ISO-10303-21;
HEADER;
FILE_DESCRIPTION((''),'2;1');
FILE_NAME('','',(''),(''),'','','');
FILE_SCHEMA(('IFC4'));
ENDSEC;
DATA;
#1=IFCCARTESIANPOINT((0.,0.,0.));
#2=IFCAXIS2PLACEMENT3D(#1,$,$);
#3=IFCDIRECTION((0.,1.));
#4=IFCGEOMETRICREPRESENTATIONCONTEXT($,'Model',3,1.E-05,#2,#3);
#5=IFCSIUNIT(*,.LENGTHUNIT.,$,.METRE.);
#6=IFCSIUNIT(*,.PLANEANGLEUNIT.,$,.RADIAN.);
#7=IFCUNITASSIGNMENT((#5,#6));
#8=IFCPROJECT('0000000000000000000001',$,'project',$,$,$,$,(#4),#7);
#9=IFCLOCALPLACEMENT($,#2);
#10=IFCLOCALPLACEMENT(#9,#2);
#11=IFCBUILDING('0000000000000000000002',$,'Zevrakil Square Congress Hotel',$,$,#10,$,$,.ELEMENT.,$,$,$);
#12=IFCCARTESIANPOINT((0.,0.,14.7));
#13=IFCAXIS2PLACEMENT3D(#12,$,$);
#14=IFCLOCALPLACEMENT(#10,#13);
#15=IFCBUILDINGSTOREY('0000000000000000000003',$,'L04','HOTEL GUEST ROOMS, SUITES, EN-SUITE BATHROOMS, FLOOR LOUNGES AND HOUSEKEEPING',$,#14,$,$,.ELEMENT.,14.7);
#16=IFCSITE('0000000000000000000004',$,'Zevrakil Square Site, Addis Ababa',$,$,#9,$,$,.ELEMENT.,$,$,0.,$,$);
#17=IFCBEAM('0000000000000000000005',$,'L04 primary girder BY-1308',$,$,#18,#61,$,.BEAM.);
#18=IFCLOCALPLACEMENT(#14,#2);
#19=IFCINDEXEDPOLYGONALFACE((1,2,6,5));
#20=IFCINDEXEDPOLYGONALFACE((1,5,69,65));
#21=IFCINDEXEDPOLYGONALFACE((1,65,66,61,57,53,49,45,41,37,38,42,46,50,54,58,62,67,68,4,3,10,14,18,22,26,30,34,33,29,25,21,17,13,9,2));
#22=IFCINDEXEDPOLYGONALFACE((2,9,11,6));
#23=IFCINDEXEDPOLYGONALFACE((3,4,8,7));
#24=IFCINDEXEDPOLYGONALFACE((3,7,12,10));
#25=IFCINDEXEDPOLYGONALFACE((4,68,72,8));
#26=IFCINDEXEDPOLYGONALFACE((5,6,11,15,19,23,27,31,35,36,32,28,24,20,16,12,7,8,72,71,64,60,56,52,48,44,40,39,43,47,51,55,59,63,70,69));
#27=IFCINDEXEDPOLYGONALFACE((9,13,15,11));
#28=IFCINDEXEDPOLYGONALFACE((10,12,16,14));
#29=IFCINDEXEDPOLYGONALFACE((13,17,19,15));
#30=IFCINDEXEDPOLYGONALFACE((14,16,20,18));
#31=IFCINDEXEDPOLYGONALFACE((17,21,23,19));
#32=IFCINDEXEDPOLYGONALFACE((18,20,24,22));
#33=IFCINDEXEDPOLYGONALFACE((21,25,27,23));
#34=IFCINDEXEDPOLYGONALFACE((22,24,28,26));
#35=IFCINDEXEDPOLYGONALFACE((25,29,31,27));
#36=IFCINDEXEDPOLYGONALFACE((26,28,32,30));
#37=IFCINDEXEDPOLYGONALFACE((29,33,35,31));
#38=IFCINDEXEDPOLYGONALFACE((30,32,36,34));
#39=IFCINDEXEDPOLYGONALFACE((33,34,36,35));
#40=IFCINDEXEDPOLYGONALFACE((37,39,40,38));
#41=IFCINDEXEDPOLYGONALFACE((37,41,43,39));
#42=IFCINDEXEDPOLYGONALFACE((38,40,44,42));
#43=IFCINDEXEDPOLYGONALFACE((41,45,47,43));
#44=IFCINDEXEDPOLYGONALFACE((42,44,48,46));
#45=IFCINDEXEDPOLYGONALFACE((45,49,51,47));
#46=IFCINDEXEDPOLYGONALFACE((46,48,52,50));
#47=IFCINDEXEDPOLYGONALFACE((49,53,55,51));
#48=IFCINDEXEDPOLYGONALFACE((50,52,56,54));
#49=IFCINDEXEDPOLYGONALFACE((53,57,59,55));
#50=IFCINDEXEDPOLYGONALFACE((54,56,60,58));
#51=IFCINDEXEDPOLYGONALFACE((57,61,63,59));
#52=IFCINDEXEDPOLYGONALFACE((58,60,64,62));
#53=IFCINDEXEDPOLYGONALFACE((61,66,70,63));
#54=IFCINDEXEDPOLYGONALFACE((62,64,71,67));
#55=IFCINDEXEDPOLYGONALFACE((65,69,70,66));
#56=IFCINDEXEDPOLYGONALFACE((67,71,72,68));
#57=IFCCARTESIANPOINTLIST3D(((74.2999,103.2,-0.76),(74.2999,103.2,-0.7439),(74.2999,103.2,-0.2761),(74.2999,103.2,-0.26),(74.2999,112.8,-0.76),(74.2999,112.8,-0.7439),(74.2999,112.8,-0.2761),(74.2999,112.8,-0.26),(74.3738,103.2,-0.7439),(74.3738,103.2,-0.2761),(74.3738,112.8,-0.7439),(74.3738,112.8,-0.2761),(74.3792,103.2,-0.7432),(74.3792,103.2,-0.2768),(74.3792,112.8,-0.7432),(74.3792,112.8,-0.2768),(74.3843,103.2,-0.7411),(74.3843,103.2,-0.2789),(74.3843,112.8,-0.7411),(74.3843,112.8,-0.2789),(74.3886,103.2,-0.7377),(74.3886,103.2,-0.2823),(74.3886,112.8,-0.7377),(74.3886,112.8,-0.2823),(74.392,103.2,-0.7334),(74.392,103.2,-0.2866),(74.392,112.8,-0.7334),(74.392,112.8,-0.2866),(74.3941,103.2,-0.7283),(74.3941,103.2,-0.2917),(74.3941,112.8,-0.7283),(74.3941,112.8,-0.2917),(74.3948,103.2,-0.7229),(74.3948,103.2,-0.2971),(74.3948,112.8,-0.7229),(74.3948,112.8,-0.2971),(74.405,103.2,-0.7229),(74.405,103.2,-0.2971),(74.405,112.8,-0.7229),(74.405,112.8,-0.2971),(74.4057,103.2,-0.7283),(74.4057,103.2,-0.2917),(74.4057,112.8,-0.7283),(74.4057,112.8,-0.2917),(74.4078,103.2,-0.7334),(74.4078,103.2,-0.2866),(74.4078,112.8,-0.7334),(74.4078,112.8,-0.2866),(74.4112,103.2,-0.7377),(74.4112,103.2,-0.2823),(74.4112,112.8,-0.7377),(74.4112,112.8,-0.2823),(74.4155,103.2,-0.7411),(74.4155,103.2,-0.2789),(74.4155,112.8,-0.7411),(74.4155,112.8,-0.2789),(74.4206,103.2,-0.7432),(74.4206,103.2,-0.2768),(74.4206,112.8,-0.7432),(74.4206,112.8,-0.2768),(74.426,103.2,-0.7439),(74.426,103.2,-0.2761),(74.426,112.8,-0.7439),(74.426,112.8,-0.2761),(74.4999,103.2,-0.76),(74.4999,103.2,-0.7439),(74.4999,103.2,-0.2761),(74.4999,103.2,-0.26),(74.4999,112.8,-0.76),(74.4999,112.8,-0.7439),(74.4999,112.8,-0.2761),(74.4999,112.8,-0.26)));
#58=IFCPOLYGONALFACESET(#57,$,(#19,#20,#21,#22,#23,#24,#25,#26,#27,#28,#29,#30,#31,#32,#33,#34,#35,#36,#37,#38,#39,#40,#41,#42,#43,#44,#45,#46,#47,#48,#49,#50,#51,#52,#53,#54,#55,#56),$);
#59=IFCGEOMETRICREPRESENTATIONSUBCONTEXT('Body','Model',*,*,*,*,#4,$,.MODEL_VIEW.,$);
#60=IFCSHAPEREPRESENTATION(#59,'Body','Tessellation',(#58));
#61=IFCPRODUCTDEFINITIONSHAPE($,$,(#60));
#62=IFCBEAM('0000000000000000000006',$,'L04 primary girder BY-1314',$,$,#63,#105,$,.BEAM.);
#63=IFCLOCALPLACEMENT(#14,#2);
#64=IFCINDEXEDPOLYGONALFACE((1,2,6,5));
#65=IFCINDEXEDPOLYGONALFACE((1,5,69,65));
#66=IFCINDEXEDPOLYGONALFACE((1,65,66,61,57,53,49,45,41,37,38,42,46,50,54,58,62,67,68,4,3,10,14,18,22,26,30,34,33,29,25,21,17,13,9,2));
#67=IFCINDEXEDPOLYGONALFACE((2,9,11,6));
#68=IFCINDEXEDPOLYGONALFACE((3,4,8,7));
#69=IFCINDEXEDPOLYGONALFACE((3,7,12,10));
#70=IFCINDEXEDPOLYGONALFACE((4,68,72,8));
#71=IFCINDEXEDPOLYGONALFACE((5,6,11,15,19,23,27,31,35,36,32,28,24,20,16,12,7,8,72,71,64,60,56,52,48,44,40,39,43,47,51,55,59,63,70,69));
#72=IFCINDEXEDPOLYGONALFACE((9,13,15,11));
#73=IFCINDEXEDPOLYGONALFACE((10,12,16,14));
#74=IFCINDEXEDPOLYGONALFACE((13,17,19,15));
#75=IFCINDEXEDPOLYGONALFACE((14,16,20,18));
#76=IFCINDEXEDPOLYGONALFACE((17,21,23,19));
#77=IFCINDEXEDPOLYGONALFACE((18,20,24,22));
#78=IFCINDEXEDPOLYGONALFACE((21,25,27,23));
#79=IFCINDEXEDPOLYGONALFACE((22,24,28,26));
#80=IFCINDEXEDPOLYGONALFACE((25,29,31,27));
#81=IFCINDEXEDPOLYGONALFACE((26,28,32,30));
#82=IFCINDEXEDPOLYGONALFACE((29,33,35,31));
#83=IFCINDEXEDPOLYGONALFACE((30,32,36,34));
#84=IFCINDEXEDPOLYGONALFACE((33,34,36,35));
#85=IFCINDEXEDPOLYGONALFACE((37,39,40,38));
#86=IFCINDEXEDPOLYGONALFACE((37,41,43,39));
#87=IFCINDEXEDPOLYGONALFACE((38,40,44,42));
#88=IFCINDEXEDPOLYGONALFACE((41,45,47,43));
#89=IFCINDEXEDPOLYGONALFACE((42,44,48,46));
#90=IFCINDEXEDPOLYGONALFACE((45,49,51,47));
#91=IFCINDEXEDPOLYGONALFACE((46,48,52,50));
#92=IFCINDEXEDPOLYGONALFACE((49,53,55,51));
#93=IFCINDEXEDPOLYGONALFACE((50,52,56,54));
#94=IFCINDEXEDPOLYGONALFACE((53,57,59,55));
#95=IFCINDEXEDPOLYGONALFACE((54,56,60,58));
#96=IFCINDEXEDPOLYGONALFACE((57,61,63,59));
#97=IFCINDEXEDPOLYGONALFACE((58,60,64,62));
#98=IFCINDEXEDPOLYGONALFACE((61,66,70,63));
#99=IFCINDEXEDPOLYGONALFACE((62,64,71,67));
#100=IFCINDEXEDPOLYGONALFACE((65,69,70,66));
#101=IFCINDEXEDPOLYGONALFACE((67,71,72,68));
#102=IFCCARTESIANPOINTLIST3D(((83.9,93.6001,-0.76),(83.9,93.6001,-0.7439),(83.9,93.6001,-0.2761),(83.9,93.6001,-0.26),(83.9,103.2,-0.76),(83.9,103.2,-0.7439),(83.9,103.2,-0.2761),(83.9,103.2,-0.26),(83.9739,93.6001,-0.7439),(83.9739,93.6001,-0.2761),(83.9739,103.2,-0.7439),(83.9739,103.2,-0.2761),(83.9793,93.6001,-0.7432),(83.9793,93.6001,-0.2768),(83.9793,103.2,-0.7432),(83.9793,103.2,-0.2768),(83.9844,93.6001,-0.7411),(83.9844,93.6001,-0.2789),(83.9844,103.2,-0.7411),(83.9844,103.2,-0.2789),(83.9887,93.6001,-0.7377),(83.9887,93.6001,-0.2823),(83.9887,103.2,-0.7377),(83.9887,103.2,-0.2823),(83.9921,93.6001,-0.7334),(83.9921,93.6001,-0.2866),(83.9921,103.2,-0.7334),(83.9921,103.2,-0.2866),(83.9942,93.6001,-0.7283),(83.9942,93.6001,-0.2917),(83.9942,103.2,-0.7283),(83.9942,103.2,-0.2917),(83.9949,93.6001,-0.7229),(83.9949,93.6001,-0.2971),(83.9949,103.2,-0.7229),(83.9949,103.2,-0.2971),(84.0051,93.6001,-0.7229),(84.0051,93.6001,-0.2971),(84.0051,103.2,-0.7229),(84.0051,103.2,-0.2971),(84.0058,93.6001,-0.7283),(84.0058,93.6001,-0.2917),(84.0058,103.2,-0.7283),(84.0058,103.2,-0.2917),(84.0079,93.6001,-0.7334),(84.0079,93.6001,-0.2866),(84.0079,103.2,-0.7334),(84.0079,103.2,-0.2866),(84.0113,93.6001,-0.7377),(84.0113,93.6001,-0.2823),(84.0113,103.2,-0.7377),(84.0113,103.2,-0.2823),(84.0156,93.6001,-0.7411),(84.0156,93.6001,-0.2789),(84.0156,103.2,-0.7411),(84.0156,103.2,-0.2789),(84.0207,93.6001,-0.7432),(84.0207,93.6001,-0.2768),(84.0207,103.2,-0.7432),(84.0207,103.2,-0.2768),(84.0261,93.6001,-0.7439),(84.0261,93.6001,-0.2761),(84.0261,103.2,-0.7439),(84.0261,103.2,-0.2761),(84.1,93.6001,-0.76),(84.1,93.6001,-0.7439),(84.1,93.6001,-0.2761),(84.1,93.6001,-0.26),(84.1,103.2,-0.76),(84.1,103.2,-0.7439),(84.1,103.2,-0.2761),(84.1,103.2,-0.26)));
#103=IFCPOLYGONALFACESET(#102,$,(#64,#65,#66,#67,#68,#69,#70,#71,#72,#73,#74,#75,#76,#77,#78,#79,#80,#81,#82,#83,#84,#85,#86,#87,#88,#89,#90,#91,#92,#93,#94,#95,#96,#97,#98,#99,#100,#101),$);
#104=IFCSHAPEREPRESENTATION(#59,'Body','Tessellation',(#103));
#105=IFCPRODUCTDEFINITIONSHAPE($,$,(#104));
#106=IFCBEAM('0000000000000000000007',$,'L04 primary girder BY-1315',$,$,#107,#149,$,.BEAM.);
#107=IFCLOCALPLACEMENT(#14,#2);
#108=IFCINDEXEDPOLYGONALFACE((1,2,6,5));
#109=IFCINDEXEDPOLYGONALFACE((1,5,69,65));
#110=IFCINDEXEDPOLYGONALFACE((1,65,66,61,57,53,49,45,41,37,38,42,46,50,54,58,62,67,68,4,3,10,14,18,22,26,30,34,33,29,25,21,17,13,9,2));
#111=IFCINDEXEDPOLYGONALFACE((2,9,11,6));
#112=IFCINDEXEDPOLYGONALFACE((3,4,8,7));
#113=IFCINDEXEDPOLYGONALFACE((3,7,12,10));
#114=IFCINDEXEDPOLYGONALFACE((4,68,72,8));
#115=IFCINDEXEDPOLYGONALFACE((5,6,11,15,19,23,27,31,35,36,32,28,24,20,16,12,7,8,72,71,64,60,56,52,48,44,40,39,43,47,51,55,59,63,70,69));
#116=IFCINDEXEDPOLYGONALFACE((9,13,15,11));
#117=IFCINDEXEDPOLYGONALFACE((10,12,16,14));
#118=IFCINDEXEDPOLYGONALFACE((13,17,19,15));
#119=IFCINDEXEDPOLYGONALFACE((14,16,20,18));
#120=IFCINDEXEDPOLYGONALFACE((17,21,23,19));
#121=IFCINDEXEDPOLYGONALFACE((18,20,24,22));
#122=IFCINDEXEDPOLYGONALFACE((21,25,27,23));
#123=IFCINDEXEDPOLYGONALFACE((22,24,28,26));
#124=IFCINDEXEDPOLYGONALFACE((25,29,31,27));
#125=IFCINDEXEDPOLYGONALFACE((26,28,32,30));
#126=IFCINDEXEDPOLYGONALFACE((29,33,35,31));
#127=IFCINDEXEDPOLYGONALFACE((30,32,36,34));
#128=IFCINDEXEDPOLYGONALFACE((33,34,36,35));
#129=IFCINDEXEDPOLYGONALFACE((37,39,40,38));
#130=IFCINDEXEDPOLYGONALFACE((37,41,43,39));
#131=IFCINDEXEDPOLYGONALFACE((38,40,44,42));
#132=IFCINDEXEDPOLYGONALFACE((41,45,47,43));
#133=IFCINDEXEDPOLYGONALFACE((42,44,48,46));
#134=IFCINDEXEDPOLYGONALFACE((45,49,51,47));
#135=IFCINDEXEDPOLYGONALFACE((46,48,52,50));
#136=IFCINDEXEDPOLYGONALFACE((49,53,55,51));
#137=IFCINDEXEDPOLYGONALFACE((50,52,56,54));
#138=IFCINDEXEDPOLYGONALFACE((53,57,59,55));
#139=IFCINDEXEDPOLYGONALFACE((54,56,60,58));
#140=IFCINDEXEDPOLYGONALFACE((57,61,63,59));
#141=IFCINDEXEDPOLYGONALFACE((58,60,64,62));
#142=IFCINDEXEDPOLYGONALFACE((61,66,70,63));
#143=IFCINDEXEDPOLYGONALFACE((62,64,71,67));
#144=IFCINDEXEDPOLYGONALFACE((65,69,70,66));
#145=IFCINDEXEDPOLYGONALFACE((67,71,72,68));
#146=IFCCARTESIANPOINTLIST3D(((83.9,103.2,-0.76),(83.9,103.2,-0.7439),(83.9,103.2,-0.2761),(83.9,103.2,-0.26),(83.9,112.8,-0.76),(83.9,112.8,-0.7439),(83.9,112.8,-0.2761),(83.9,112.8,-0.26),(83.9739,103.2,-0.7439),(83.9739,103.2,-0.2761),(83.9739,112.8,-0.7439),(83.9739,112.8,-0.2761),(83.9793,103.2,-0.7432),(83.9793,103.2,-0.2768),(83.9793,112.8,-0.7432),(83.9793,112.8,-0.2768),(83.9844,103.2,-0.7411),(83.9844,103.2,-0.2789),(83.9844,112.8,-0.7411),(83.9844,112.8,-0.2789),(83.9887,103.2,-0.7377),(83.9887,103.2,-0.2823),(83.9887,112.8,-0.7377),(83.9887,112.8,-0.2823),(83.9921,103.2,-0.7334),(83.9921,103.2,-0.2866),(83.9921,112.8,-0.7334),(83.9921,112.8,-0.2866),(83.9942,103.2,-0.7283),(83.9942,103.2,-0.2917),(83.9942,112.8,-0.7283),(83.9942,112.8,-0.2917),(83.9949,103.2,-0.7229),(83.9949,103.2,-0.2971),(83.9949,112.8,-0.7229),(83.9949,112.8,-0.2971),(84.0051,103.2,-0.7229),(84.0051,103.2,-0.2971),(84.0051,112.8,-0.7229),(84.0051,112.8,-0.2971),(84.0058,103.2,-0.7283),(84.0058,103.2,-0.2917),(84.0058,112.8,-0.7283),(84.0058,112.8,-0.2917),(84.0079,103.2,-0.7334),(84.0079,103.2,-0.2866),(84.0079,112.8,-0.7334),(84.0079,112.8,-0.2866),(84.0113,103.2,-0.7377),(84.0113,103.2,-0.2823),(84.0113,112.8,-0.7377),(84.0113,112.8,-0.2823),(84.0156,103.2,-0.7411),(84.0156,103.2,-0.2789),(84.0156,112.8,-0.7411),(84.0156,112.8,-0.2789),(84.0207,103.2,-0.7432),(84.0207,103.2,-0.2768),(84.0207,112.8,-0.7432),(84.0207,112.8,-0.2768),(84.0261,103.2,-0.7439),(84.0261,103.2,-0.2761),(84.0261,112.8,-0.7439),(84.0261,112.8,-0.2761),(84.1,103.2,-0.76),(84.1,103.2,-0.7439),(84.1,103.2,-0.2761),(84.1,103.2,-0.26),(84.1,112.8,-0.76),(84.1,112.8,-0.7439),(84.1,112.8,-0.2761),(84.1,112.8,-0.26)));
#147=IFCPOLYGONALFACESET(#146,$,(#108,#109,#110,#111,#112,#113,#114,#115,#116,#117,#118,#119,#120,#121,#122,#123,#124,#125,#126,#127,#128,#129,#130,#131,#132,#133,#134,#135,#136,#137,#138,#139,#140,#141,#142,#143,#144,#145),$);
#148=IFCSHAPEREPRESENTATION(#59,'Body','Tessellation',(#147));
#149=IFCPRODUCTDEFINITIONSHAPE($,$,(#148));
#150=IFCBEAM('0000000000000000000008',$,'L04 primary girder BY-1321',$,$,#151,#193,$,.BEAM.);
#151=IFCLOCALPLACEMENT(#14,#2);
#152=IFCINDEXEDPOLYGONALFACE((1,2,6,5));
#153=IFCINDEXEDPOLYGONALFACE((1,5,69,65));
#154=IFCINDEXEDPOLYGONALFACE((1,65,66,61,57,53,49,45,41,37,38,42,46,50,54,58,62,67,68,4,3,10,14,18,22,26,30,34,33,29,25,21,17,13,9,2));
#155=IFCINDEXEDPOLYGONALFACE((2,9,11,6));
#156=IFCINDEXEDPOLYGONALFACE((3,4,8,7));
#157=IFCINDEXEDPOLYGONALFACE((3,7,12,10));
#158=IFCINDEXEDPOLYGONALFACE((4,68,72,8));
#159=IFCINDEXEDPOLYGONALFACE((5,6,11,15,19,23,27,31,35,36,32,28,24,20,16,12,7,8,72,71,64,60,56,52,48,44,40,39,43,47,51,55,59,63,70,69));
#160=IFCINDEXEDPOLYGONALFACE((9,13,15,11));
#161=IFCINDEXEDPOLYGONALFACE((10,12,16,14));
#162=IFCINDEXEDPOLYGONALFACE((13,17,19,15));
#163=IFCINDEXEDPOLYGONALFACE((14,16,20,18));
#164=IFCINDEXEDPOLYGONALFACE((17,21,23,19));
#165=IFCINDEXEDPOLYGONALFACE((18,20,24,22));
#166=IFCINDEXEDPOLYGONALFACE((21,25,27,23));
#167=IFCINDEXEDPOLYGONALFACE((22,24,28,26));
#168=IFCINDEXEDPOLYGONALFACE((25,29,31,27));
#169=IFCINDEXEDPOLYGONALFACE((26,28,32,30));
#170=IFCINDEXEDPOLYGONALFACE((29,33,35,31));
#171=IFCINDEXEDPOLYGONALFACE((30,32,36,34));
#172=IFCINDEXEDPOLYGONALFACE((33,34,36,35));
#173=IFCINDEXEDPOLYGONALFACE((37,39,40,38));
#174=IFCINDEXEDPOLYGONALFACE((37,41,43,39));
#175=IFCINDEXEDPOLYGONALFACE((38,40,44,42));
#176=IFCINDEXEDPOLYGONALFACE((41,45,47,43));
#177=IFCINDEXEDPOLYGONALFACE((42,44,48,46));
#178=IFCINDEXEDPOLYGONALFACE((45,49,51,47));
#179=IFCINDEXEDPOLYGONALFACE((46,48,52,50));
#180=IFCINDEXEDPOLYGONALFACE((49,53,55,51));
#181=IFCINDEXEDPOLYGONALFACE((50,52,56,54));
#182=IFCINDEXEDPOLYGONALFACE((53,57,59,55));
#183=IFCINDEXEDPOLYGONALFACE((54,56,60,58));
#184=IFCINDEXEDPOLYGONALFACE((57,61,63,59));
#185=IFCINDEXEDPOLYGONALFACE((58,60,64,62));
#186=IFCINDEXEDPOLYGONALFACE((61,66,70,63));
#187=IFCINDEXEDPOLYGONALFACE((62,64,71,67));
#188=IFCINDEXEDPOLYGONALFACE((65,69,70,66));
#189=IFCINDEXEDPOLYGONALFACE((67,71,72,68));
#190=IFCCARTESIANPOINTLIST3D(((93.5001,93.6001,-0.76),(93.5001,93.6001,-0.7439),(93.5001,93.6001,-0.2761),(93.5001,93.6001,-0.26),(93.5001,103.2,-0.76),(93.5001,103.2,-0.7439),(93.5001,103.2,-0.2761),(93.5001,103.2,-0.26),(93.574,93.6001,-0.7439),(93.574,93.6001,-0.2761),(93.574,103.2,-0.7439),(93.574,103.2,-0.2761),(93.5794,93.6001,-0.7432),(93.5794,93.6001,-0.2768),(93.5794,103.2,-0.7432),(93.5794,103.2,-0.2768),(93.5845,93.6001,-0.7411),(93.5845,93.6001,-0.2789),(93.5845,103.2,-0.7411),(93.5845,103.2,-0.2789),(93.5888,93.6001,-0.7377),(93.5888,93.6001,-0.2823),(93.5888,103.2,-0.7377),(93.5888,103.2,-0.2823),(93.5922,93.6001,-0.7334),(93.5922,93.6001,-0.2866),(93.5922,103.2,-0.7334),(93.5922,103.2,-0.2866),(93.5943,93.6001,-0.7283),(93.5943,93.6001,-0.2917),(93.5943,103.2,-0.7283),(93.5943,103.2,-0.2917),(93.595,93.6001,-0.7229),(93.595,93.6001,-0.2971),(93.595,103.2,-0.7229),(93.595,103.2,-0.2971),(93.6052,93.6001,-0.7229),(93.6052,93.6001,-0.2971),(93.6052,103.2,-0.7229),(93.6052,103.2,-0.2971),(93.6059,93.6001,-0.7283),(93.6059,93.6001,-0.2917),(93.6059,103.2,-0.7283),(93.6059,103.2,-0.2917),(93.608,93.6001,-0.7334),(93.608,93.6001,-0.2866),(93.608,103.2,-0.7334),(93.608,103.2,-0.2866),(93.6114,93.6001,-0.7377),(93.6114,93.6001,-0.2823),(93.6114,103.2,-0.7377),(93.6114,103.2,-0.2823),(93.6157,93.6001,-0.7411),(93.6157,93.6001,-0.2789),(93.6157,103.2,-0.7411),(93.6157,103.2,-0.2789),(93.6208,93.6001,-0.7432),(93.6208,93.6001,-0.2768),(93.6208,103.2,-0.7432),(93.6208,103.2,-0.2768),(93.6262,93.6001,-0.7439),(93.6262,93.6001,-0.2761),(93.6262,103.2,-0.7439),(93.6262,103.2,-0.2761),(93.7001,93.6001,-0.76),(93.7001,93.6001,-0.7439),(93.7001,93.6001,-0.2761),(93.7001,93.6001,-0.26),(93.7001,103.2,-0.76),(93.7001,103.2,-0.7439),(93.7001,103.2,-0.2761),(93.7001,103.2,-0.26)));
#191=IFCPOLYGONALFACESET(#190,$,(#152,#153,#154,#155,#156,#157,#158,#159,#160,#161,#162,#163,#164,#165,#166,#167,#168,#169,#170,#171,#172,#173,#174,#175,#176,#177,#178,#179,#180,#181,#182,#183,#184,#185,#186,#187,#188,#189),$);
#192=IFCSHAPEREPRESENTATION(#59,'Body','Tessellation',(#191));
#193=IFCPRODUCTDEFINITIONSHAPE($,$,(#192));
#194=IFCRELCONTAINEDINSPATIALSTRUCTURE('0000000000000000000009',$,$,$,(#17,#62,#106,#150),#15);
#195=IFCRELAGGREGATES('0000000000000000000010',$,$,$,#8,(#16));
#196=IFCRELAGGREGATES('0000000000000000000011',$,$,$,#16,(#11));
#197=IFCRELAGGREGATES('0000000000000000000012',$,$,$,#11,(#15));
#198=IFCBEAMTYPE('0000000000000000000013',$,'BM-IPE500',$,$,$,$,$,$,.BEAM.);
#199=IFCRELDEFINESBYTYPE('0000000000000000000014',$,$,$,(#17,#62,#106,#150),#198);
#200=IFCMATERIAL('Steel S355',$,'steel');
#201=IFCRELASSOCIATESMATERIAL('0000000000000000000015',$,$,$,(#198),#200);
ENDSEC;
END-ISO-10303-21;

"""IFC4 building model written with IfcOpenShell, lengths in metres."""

from ifc_helpers import new_model, si_unit, direction, frame, origin, origin_2d, place, context, subcontext, project, spatial, i_section, extrude, material, material_profile, profile_set, type_object, element, save


model = new_model("IFC4")

# Units and contexts
model_context = context("Model", 3, precision=1e-05, world=origin(), true_north=direction((0.0, 1.0)))
body_context = subcontext(model_context, "Body", "Model", "MODEL_VIEW")
ifc_project = project(units=[si_unit("LENGTHUNIT", "METRE"), si_unit("PLANEANGLEUNIT", "RADIAN")], contexts=[model_context])

# Site, building, storey
site_placement = place(None, origin())
site = spatial("IfcSite", under=ifc_project, at=site_placement, Name="Zevrakil Square Site, Addis Ababa", CompositionType="ELEMENT", RefElevation=0.0)
building_placement = place(site_placement, origin())
building = spatial("IfcBuilding", under=site, at=building_placement, Name="Zevrakil Square Congress Hotel", CompositionType="ELEMENT")
storey_placement = place(building_placement, frame((0.0, 0.0, 14.7)))
storey = spatial("IfcBuildingStorey", under=building, at=storey_placement, Name="L04", Description="HOTEL GUEST ROOMS, SUITES, EN-SUITE BATHROOMS, FLOOR LOUNGES AND HOUSEKEEPING", CompositionType="ELEMENT", Elevation=14.7)

# Beams
ifc_material_1 = material(Name="Steel S355", Category="steel")
ifc_material_profile_1 = material_profile(ifc_material_1, i_section(OverallWidth=0.2, OverallDepth=0.5, WebThickness=0.0103, FlangeThickness=0.0161, FilletRadius=0.021, at=origin_2d()), Name="IPE 500")
ifc_profile_set_1 = profile_set([ifc_material_profile_1], Name="Steel S355")
beam_type_1 = type_object("IfcBeamType", Name="BM-IPE500", PredefinedType="BEAM", material=ifc_profile_set_1)
beam_1_placement = place(storey_placement, frame((74.3999, 103.2, -0.51), z_axis=(0.0, 1.0, 0.0), x_axis=(-1.0, 0.0, 0.0)))
element("IfcBeam", 1, at=beam_1_placement, inside=storey, type_object=beam_type_1, Name="L04 primary girder BY-1308", PredefinedType="BEAM", context=body_context, shape_type="SweptSolid", body=[
    extrude(i_section(OverallWidth=0.2, OverallDepth=0.5, WebThickness=0.0103, FlangeThickness=0.0161, FilletRadius=0.021, at=origin_2d()), origin(), (0.0, 0.0, 1.0), 9.6001),
])
beam_2_placement = place(storey_placement, frame((84.0, 93.6001, -0.51), z_axis=(0.0, 1.0, 0.0), x_axis=(-1.0, 0.0, 0.0)))
element("IfcBeam", 2, at=beam_2_placement, inside=storey, type_object=beam_type_1, Name="L04 primary girder BY-1314", PredefinedType="BEAM", context=body_context, shape_type="SweptSolid", body=[
    extrude(i_section(OverallWidth=0.2, OverallDepth=0.5, WebThickness=0.0103, FlangeThickness=0.0161, FilletRadius=0.021, at=origin_2d()), origin(), (0.0, 0.0, 1.0), 9.5999),
])
beam_3_placement = place(storey_placement, frame((84.0, 103.2, -0.51), z_axis=(0.0, 1.0, 0.0), x_axis=(-1.0, 0.0, 0.0)))
element("IfcBeam", 3, at=beam_3_placement, inside=storey, type_object=beam_type_1, Name="L04 primary girder BY-1315", PredefinedType="BEAM", context=body_context, shape_type="SweptSolid", body=[
    extrude(i_section(OverallWidth=0.2, OverallDepth=0.5, WebThickness=0.0103, FlangeThickness=0.0161, FilletRadius=0.021, at=origin_2d()), origin(), (0.0, 0.0, 1.0), 9.6001),
])
beam_4_placement = place(storey_placement, frame((93.6001, 93.6001, -0.51), z_axis=(0.0, 1.0, 0.0), x_axis=(-1.0, 0.0, 0.0)))
element("IfcBeam", 4, at=beam_4_placement, inside=storey, type_object=beam_type_1, Name="L04 primary girder BY-1321", PredefinedType="BEAM", context=body_context, shape_type="SweptSolid", body=[
    extrude(i_section(OverallWidth=0.2, OverallDepth=0.5, WebThickness=0.0103, FlangeThickness=0.0161, FilletRadius=0.021, at=origin_2d()), origin(), (0.0, 0.0, 1.0), 9.5999),
])

save(model, "model.ifc")
